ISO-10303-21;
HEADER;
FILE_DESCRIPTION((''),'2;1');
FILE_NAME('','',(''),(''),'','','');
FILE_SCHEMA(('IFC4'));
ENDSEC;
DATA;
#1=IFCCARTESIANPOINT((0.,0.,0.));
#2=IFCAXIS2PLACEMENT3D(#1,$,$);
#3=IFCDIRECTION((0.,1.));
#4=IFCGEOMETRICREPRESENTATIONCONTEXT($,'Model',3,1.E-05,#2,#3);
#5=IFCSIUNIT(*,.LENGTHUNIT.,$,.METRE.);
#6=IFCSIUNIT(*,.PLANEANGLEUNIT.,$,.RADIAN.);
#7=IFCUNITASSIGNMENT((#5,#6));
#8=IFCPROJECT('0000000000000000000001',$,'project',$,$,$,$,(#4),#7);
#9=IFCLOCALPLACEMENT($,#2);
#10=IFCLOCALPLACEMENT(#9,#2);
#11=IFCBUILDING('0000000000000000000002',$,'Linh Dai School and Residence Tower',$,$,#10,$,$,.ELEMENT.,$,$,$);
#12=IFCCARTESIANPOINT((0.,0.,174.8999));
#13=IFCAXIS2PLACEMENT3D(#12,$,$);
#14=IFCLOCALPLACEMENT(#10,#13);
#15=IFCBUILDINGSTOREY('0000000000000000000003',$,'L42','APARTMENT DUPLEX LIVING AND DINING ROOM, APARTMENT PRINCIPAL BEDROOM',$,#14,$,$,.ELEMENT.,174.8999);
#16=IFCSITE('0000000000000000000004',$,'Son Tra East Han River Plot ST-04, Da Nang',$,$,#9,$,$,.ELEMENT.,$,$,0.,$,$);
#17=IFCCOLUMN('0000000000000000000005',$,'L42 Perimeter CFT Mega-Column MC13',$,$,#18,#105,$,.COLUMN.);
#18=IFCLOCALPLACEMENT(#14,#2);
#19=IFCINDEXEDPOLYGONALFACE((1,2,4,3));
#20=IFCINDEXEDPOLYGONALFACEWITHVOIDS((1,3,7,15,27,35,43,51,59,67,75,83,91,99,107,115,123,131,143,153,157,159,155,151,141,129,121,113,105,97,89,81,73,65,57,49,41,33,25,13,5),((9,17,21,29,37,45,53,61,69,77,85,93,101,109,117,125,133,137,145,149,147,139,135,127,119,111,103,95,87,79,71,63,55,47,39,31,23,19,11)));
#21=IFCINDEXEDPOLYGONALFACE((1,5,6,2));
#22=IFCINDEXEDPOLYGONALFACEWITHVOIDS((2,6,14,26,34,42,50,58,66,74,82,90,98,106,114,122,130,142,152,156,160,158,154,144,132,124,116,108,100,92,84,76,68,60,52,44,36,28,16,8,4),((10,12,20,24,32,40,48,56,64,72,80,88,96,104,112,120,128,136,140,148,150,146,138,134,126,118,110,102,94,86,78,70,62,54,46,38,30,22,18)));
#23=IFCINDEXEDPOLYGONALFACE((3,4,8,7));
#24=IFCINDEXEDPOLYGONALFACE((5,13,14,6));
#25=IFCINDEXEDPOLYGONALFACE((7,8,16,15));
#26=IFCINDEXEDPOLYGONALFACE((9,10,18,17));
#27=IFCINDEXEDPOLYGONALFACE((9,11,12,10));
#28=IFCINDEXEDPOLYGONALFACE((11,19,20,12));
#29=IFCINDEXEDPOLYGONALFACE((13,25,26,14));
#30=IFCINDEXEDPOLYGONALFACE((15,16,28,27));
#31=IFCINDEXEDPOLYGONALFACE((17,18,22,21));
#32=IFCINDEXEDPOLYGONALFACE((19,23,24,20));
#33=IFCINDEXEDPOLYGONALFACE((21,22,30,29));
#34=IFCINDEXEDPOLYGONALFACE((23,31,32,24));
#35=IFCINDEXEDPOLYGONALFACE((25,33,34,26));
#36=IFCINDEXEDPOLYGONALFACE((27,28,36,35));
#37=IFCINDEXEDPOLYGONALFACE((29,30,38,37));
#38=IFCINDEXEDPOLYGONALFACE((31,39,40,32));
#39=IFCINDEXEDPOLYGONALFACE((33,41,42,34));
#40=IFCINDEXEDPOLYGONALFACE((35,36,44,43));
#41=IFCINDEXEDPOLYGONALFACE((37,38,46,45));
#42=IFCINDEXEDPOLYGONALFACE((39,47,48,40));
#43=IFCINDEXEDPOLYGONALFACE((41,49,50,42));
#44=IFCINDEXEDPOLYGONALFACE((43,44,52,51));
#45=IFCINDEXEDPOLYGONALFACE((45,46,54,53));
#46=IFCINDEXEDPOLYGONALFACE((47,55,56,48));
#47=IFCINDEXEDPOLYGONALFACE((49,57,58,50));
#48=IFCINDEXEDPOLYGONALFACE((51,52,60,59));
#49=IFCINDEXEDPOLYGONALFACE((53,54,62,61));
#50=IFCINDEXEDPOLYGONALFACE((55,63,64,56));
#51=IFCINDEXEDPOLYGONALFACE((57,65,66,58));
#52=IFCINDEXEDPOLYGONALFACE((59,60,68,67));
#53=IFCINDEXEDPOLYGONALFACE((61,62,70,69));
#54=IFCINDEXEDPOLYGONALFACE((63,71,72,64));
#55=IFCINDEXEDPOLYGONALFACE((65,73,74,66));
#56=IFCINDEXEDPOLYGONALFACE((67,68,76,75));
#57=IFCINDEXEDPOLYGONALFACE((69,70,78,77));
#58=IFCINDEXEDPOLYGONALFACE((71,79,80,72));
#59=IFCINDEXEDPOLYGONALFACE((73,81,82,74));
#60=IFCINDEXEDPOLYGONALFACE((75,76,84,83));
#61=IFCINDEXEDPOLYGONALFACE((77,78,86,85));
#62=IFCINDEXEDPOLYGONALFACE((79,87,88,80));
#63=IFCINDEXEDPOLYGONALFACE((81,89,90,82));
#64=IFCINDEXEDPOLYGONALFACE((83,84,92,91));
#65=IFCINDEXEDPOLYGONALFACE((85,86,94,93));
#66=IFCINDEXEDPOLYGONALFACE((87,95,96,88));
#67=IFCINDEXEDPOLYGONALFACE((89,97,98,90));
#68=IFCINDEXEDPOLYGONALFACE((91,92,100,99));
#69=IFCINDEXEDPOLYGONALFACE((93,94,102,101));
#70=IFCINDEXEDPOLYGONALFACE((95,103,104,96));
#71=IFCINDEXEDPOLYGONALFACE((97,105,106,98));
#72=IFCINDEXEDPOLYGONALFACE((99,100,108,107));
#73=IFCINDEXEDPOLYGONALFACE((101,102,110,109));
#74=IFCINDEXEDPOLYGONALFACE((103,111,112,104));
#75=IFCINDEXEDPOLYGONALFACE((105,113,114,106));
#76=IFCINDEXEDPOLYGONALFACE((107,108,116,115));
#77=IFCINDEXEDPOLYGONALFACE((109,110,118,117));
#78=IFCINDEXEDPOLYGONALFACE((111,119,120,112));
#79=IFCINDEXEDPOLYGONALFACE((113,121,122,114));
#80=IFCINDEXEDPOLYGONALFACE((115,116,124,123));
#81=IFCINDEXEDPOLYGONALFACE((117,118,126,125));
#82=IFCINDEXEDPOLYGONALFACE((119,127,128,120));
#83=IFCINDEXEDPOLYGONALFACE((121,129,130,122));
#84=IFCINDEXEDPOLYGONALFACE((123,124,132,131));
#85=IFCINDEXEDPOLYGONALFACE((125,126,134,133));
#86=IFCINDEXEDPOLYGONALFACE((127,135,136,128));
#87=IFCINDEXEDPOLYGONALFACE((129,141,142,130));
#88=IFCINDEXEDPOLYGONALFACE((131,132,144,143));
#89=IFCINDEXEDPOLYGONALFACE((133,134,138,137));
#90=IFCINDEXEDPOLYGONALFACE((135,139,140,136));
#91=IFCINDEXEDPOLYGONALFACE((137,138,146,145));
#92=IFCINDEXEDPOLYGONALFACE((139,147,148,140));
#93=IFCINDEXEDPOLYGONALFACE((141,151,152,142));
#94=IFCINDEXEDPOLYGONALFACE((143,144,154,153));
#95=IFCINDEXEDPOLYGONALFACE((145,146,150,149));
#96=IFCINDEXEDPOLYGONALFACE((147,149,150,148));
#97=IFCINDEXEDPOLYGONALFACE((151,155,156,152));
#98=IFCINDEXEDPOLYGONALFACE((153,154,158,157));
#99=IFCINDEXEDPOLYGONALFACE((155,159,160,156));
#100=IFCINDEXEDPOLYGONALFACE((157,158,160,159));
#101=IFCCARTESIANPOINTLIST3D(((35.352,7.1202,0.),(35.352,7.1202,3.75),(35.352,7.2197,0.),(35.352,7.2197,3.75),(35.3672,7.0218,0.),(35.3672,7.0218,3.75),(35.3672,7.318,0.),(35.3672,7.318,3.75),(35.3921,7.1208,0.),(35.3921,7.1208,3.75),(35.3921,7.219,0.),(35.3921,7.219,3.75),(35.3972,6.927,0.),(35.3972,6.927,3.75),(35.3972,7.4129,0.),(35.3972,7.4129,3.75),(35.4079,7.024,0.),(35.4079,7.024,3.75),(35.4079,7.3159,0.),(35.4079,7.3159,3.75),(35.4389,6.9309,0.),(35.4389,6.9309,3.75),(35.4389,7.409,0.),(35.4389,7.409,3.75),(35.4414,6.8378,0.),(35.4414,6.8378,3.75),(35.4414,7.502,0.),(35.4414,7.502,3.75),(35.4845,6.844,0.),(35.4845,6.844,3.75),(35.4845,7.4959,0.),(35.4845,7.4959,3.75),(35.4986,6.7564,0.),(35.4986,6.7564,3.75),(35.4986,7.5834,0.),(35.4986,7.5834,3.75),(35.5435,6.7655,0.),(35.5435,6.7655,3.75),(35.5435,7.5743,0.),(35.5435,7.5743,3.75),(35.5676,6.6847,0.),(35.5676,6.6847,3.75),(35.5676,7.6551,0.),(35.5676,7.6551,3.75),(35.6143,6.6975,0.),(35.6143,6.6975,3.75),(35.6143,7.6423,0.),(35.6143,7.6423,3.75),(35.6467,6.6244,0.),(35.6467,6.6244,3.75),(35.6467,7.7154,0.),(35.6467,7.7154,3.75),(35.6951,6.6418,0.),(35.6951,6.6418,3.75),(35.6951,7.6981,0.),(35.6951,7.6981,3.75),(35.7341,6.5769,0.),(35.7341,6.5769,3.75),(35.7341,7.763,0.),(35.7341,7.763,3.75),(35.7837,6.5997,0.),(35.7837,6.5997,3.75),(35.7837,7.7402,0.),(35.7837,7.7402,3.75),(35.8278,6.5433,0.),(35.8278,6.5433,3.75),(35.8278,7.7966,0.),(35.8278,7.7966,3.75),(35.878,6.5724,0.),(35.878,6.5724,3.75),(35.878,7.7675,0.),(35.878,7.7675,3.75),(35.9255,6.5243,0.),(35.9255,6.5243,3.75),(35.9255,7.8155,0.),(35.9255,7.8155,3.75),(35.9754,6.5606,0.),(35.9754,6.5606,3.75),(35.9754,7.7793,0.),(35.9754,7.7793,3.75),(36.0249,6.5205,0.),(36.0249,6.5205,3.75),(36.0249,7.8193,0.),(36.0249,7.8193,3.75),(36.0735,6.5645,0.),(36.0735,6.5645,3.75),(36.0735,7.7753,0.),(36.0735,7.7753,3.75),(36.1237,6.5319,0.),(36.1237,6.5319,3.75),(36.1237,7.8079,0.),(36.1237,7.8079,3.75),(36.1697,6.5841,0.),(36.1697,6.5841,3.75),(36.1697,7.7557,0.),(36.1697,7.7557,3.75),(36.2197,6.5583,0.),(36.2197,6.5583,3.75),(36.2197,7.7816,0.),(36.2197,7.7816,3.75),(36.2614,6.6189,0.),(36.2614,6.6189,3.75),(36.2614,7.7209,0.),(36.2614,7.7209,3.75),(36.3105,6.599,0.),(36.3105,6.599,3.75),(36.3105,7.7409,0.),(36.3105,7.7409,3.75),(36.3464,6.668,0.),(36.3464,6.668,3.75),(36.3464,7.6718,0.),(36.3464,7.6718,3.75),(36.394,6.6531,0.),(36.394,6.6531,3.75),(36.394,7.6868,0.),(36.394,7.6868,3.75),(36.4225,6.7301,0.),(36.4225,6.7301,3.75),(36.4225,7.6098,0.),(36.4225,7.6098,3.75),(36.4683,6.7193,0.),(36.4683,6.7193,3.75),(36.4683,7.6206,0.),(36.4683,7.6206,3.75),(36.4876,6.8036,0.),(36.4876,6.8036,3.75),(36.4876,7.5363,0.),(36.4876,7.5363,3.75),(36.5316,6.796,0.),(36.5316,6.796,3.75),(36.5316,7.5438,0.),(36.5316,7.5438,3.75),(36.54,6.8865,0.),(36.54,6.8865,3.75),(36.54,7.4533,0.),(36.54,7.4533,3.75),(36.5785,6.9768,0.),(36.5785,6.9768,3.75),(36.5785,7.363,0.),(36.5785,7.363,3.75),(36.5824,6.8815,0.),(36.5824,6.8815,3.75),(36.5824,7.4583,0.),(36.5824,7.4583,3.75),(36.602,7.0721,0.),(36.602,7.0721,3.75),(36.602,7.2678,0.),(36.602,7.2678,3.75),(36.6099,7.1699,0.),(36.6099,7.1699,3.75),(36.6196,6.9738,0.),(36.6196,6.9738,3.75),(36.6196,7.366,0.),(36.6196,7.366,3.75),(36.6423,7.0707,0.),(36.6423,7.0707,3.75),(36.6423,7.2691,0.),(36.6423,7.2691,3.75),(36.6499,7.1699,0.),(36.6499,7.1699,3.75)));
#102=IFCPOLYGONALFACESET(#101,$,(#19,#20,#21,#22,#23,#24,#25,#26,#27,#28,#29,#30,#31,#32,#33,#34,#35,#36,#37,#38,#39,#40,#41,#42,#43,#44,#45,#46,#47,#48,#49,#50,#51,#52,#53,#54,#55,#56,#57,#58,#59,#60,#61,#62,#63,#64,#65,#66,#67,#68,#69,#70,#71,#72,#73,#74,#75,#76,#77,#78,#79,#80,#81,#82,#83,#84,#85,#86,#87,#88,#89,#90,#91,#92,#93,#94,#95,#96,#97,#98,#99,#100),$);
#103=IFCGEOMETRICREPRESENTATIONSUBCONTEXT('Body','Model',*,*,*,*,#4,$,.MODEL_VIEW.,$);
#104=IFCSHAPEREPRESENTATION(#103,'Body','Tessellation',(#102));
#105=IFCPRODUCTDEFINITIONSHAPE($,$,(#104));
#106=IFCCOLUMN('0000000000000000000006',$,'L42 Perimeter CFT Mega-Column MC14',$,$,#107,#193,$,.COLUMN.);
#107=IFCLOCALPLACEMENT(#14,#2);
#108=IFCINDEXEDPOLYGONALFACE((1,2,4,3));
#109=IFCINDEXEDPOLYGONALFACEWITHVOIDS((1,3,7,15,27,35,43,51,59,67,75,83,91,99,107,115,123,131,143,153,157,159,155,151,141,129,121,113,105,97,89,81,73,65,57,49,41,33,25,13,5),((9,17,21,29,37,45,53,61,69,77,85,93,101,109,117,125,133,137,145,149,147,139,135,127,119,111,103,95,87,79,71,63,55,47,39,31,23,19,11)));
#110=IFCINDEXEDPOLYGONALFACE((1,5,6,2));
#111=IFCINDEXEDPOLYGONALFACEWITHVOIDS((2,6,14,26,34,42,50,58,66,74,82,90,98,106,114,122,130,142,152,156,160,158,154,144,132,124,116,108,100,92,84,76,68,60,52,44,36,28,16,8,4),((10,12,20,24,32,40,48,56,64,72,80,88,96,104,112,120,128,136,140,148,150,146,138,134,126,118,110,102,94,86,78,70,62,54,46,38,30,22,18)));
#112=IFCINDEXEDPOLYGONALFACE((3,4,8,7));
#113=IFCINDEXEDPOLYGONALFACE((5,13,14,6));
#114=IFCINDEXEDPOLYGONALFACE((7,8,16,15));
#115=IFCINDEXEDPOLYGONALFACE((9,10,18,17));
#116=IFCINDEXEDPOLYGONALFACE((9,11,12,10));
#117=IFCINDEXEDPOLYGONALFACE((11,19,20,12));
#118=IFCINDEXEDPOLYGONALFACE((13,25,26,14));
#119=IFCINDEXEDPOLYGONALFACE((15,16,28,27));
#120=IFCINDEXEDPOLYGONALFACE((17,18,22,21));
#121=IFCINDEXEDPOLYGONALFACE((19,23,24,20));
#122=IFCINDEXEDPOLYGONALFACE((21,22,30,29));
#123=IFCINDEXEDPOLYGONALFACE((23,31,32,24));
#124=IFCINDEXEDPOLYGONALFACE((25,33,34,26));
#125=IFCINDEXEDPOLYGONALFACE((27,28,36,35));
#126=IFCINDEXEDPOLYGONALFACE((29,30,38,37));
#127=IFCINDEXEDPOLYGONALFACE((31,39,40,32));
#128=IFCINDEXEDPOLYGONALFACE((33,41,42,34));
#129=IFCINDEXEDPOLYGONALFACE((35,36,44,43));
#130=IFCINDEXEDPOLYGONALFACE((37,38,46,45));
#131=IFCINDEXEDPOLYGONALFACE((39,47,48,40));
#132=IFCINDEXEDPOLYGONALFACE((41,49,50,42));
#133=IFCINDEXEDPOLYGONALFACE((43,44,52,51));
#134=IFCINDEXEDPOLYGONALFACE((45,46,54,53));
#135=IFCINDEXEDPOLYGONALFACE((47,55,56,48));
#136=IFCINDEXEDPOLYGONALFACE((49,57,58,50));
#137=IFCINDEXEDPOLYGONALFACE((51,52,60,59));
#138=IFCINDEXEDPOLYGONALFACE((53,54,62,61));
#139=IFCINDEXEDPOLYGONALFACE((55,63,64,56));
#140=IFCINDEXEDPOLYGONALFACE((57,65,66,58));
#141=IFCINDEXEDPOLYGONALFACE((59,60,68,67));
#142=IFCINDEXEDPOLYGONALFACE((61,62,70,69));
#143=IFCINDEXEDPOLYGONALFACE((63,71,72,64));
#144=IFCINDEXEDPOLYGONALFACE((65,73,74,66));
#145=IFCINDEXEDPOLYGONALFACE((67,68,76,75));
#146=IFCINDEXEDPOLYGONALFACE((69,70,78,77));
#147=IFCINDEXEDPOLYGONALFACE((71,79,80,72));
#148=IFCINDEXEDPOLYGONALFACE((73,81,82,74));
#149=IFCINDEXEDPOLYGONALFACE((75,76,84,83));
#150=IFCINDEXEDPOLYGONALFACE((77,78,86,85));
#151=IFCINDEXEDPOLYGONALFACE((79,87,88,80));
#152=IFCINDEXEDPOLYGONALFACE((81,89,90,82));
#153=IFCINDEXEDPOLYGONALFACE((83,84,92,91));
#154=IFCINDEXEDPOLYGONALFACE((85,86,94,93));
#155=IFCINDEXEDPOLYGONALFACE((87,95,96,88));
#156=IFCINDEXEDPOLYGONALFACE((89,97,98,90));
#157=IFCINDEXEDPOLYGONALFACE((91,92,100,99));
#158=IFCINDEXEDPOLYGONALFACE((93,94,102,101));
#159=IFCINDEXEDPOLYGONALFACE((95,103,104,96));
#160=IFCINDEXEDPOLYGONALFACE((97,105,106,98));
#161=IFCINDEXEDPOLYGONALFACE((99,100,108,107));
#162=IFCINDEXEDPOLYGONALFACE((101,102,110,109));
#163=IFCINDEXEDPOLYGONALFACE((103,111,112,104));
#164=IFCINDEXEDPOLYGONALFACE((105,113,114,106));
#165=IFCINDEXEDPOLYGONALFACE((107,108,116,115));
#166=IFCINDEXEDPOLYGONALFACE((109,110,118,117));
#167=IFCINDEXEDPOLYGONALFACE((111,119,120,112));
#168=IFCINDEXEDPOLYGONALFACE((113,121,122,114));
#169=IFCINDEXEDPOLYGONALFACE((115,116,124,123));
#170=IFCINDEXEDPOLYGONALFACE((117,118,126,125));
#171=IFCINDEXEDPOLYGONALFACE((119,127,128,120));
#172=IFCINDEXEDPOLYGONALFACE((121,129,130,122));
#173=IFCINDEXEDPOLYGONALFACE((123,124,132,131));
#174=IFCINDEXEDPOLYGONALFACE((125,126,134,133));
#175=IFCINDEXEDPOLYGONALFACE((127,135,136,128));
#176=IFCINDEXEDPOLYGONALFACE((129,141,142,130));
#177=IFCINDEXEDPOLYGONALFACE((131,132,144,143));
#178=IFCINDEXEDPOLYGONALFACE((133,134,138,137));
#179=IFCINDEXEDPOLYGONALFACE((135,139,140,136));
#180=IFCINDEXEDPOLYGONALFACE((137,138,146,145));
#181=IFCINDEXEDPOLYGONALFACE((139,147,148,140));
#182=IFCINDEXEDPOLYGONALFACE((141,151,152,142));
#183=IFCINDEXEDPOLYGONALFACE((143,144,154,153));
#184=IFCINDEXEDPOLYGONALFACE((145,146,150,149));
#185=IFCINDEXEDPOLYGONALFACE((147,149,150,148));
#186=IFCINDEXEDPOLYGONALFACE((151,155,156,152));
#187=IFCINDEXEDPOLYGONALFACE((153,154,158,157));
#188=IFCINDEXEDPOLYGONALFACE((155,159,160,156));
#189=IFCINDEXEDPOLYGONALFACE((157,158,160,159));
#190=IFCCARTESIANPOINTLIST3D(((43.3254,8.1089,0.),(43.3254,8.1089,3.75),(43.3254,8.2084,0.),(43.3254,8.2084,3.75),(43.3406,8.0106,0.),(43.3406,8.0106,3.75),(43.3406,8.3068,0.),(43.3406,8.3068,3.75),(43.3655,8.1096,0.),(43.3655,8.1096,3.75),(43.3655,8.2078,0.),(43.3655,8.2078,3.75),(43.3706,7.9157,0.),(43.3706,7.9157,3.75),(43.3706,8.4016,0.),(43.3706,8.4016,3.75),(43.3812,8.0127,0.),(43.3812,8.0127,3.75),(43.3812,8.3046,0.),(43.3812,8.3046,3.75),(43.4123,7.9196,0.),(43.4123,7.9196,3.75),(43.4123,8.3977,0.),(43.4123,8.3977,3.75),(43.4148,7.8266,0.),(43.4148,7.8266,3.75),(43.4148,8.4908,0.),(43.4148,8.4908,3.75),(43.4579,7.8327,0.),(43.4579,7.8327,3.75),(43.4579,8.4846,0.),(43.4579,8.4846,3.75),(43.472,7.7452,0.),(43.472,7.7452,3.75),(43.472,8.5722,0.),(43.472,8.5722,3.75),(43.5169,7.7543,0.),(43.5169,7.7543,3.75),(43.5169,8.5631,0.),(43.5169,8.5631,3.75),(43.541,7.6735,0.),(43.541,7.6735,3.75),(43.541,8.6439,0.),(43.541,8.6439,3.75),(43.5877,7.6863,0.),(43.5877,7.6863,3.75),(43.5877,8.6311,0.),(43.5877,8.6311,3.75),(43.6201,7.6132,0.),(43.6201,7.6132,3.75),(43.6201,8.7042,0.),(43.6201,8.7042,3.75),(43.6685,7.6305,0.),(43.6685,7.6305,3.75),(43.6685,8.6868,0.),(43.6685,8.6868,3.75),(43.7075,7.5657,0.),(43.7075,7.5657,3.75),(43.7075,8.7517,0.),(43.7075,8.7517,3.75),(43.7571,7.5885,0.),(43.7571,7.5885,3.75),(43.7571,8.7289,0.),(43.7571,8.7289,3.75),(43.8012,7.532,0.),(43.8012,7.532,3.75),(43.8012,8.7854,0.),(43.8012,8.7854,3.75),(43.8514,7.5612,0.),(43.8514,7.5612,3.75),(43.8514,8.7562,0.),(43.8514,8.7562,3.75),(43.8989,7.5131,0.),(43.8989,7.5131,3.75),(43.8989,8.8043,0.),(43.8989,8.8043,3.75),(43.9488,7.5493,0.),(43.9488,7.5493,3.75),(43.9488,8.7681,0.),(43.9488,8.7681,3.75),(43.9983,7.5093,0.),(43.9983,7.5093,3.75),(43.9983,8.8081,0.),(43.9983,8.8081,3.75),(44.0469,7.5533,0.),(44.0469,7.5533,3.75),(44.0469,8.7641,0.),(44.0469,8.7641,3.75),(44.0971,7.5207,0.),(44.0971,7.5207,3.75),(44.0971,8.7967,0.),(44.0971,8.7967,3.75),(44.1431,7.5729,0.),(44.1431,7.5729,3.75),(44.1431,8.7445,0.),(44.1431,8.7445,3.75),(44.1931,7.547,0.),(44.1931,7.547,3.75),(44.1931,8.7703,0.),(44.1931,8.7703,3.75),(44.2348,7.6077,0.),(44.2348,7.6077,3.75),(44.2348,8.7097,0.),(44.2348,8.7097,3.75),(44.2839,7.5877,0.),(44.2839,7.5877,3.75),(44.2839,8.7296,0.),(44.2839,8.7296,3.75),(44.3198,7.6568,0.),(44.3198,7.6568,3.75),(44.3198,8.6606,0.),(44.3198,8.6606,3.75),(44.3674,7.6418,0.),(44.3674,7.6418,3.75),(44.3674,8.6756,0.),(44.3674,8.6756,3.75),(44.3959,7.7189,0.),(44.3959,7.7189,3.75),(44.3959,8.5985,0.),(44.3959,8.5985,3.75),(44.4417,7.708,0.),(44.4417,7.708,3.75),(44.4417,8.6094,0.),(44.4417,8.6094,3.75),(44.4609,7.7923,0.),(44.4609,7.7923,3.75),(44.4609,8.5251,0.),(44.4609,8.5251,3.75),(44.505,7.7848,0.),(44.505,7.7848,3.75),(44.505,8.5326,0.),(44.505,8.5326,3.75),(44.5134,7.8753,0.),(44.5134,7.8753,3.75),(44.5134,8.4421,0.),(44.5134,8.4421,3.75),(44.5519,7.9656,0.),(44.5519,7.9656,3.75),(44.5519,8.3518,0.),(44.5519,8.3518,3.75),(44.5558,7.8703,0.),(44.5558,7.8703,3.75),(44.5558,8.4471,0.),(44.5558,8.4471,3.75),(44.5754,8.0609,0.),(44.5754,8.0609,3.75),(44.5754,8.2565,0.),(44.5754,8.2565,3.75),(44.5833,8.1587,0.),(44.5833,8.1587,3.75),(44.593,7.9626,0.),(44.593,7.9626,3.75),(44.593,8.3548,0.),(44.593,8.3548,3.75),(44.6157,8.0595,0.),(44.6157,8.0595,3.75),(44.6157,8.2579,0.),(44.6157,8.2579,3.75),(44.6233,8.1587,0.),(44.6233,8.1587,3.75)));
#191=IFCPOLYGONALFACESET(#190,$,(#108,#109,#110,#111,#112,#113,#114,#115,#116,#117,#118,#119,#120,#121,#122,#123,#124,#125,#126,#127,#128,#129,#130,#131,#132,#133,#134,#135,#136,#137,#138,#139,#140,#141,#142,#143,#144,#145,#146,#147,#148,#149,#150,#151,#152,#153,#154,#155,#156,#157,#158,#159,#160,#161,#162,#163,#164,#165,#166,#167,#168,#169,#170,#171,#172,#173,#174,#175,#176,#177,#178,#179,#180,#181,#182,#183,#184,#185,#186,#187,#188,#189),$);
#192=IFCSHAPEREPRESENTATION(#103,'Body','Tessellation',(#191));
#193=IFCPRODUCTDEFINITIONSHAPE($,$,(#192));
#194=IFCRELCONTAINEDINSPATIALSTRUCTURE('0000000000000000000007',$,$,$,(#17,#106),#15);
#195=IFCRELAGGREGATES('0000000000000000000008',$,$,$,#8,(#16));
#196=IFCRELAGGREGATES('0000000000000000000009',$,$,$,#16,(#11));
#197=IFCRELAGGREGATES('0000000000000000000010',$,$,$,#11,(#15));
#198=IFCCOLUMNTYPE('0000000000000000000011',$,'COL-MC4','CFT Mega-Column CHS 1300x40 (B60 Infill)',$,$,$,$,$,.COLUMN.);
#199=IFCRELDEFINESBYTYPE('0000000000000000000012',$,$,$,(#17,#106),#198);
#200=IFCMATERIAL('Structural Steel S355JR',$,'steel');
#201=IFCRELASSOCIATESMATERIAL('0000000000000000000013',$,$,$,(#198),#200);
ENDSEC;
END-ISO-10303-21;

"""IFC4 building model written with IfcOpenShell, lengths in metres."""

from ifc_helpers import new_model, si_unit, direction, frame, origin, origin_2d, place, context, subcontext, project, spatial, hollow_circle, extrude, material, material_profile, profile_set, type_object, element, save


model = new_model("IFC4")

# Units and contexts
model_context = context("Model", 3, precision=1e-05, world=origin(), true_north=direction((0.0, 1.0)))
body_context = subcontext(model_context, "Body", "Model", "MODEL_VIEW")
ifc_project = project(units=[si_unit("LENGTHUNIT", "METRE"), si_unit("PLANEANGLEUNIT", "RADIAN")], contexts=[model_context])

# Site, building, storey
site_placement = place(None, origin())
site = spatial("IfcSite", under=ifc_project, at=site_placement, Name="Son Tra East Han River Plot ST-04, Da Nang", CompositionType="ELEMENT", RefElevation=0.0)
building_placement = place(site_placement, origin())
building = spatial("IfcBuilding", under=site, at=building_placement, Name="Linh Dai School and Residence Tower", CompositionType="ELEMENT")
storey_placement = place(building_placement, frame((0.0, 0.0, 174.8999)))
storey = spatial("IfcBuildingStorey", under=building, at=storey_placement, Name="L42", Description="APARTMENT DUPLEX LIVING AND DINING ROOM, APARTMENT PRINCIPAL BEDROOM", CompositionType="ELEMENT", Elevation=174.8999)

# Columns
ifc_material_1 = material(Name="Structural Steel S355JR", Category="steel")
ifc_material_profile_1 = material_profile(ifc_material_1, hollow_circle(Radius=0.6499, WallThickness=0.04, at=origin_2d()), Name="CHS 1300x40")
ifc_profile_set_1 = profile_set([ifc_material_profile_1], Name="Structural Steel S355JR")
column_type = type_object("IfcColumnType", Name="COL-MC4", Description="CFT Mega-Column CHS 1300x40 (B60 Infill)", PredefinedType="COLUMN", material=ifc_profile_set_1)
for number, where, z_axis, x_axis, name in (
    (1, (36.0, 7.1699, 0.0), (0.0, 0.0, 1.0), (1.0, 0.0, 0.0), "L42 Perimeter CFT Mega-Column MC13"),
    (2, (43.9734, 8.1587, 0.0), (0.0, 0.0, 1.0), (1.0, 0.0, 0.0), "L42 Perimeter CFT Mega-Column MC14"),
):
    element("IfcColumn", number, at=place(storey_placement, frame(where, z_axis=z_axis, x_axis=x_axis)), inside=storey, type_object=column_type, Name=name, PredefinedType="COLUMN", context=body_context, shape_type="SweptSolid", body=[
        extrude(hollow_circle(Radius=0.6499, WallThickness=0.04, at=origin_2d()), origin(), (0.0, 0.0, 1.0), 3.75),
    ])

save(model, "model.ifc")
